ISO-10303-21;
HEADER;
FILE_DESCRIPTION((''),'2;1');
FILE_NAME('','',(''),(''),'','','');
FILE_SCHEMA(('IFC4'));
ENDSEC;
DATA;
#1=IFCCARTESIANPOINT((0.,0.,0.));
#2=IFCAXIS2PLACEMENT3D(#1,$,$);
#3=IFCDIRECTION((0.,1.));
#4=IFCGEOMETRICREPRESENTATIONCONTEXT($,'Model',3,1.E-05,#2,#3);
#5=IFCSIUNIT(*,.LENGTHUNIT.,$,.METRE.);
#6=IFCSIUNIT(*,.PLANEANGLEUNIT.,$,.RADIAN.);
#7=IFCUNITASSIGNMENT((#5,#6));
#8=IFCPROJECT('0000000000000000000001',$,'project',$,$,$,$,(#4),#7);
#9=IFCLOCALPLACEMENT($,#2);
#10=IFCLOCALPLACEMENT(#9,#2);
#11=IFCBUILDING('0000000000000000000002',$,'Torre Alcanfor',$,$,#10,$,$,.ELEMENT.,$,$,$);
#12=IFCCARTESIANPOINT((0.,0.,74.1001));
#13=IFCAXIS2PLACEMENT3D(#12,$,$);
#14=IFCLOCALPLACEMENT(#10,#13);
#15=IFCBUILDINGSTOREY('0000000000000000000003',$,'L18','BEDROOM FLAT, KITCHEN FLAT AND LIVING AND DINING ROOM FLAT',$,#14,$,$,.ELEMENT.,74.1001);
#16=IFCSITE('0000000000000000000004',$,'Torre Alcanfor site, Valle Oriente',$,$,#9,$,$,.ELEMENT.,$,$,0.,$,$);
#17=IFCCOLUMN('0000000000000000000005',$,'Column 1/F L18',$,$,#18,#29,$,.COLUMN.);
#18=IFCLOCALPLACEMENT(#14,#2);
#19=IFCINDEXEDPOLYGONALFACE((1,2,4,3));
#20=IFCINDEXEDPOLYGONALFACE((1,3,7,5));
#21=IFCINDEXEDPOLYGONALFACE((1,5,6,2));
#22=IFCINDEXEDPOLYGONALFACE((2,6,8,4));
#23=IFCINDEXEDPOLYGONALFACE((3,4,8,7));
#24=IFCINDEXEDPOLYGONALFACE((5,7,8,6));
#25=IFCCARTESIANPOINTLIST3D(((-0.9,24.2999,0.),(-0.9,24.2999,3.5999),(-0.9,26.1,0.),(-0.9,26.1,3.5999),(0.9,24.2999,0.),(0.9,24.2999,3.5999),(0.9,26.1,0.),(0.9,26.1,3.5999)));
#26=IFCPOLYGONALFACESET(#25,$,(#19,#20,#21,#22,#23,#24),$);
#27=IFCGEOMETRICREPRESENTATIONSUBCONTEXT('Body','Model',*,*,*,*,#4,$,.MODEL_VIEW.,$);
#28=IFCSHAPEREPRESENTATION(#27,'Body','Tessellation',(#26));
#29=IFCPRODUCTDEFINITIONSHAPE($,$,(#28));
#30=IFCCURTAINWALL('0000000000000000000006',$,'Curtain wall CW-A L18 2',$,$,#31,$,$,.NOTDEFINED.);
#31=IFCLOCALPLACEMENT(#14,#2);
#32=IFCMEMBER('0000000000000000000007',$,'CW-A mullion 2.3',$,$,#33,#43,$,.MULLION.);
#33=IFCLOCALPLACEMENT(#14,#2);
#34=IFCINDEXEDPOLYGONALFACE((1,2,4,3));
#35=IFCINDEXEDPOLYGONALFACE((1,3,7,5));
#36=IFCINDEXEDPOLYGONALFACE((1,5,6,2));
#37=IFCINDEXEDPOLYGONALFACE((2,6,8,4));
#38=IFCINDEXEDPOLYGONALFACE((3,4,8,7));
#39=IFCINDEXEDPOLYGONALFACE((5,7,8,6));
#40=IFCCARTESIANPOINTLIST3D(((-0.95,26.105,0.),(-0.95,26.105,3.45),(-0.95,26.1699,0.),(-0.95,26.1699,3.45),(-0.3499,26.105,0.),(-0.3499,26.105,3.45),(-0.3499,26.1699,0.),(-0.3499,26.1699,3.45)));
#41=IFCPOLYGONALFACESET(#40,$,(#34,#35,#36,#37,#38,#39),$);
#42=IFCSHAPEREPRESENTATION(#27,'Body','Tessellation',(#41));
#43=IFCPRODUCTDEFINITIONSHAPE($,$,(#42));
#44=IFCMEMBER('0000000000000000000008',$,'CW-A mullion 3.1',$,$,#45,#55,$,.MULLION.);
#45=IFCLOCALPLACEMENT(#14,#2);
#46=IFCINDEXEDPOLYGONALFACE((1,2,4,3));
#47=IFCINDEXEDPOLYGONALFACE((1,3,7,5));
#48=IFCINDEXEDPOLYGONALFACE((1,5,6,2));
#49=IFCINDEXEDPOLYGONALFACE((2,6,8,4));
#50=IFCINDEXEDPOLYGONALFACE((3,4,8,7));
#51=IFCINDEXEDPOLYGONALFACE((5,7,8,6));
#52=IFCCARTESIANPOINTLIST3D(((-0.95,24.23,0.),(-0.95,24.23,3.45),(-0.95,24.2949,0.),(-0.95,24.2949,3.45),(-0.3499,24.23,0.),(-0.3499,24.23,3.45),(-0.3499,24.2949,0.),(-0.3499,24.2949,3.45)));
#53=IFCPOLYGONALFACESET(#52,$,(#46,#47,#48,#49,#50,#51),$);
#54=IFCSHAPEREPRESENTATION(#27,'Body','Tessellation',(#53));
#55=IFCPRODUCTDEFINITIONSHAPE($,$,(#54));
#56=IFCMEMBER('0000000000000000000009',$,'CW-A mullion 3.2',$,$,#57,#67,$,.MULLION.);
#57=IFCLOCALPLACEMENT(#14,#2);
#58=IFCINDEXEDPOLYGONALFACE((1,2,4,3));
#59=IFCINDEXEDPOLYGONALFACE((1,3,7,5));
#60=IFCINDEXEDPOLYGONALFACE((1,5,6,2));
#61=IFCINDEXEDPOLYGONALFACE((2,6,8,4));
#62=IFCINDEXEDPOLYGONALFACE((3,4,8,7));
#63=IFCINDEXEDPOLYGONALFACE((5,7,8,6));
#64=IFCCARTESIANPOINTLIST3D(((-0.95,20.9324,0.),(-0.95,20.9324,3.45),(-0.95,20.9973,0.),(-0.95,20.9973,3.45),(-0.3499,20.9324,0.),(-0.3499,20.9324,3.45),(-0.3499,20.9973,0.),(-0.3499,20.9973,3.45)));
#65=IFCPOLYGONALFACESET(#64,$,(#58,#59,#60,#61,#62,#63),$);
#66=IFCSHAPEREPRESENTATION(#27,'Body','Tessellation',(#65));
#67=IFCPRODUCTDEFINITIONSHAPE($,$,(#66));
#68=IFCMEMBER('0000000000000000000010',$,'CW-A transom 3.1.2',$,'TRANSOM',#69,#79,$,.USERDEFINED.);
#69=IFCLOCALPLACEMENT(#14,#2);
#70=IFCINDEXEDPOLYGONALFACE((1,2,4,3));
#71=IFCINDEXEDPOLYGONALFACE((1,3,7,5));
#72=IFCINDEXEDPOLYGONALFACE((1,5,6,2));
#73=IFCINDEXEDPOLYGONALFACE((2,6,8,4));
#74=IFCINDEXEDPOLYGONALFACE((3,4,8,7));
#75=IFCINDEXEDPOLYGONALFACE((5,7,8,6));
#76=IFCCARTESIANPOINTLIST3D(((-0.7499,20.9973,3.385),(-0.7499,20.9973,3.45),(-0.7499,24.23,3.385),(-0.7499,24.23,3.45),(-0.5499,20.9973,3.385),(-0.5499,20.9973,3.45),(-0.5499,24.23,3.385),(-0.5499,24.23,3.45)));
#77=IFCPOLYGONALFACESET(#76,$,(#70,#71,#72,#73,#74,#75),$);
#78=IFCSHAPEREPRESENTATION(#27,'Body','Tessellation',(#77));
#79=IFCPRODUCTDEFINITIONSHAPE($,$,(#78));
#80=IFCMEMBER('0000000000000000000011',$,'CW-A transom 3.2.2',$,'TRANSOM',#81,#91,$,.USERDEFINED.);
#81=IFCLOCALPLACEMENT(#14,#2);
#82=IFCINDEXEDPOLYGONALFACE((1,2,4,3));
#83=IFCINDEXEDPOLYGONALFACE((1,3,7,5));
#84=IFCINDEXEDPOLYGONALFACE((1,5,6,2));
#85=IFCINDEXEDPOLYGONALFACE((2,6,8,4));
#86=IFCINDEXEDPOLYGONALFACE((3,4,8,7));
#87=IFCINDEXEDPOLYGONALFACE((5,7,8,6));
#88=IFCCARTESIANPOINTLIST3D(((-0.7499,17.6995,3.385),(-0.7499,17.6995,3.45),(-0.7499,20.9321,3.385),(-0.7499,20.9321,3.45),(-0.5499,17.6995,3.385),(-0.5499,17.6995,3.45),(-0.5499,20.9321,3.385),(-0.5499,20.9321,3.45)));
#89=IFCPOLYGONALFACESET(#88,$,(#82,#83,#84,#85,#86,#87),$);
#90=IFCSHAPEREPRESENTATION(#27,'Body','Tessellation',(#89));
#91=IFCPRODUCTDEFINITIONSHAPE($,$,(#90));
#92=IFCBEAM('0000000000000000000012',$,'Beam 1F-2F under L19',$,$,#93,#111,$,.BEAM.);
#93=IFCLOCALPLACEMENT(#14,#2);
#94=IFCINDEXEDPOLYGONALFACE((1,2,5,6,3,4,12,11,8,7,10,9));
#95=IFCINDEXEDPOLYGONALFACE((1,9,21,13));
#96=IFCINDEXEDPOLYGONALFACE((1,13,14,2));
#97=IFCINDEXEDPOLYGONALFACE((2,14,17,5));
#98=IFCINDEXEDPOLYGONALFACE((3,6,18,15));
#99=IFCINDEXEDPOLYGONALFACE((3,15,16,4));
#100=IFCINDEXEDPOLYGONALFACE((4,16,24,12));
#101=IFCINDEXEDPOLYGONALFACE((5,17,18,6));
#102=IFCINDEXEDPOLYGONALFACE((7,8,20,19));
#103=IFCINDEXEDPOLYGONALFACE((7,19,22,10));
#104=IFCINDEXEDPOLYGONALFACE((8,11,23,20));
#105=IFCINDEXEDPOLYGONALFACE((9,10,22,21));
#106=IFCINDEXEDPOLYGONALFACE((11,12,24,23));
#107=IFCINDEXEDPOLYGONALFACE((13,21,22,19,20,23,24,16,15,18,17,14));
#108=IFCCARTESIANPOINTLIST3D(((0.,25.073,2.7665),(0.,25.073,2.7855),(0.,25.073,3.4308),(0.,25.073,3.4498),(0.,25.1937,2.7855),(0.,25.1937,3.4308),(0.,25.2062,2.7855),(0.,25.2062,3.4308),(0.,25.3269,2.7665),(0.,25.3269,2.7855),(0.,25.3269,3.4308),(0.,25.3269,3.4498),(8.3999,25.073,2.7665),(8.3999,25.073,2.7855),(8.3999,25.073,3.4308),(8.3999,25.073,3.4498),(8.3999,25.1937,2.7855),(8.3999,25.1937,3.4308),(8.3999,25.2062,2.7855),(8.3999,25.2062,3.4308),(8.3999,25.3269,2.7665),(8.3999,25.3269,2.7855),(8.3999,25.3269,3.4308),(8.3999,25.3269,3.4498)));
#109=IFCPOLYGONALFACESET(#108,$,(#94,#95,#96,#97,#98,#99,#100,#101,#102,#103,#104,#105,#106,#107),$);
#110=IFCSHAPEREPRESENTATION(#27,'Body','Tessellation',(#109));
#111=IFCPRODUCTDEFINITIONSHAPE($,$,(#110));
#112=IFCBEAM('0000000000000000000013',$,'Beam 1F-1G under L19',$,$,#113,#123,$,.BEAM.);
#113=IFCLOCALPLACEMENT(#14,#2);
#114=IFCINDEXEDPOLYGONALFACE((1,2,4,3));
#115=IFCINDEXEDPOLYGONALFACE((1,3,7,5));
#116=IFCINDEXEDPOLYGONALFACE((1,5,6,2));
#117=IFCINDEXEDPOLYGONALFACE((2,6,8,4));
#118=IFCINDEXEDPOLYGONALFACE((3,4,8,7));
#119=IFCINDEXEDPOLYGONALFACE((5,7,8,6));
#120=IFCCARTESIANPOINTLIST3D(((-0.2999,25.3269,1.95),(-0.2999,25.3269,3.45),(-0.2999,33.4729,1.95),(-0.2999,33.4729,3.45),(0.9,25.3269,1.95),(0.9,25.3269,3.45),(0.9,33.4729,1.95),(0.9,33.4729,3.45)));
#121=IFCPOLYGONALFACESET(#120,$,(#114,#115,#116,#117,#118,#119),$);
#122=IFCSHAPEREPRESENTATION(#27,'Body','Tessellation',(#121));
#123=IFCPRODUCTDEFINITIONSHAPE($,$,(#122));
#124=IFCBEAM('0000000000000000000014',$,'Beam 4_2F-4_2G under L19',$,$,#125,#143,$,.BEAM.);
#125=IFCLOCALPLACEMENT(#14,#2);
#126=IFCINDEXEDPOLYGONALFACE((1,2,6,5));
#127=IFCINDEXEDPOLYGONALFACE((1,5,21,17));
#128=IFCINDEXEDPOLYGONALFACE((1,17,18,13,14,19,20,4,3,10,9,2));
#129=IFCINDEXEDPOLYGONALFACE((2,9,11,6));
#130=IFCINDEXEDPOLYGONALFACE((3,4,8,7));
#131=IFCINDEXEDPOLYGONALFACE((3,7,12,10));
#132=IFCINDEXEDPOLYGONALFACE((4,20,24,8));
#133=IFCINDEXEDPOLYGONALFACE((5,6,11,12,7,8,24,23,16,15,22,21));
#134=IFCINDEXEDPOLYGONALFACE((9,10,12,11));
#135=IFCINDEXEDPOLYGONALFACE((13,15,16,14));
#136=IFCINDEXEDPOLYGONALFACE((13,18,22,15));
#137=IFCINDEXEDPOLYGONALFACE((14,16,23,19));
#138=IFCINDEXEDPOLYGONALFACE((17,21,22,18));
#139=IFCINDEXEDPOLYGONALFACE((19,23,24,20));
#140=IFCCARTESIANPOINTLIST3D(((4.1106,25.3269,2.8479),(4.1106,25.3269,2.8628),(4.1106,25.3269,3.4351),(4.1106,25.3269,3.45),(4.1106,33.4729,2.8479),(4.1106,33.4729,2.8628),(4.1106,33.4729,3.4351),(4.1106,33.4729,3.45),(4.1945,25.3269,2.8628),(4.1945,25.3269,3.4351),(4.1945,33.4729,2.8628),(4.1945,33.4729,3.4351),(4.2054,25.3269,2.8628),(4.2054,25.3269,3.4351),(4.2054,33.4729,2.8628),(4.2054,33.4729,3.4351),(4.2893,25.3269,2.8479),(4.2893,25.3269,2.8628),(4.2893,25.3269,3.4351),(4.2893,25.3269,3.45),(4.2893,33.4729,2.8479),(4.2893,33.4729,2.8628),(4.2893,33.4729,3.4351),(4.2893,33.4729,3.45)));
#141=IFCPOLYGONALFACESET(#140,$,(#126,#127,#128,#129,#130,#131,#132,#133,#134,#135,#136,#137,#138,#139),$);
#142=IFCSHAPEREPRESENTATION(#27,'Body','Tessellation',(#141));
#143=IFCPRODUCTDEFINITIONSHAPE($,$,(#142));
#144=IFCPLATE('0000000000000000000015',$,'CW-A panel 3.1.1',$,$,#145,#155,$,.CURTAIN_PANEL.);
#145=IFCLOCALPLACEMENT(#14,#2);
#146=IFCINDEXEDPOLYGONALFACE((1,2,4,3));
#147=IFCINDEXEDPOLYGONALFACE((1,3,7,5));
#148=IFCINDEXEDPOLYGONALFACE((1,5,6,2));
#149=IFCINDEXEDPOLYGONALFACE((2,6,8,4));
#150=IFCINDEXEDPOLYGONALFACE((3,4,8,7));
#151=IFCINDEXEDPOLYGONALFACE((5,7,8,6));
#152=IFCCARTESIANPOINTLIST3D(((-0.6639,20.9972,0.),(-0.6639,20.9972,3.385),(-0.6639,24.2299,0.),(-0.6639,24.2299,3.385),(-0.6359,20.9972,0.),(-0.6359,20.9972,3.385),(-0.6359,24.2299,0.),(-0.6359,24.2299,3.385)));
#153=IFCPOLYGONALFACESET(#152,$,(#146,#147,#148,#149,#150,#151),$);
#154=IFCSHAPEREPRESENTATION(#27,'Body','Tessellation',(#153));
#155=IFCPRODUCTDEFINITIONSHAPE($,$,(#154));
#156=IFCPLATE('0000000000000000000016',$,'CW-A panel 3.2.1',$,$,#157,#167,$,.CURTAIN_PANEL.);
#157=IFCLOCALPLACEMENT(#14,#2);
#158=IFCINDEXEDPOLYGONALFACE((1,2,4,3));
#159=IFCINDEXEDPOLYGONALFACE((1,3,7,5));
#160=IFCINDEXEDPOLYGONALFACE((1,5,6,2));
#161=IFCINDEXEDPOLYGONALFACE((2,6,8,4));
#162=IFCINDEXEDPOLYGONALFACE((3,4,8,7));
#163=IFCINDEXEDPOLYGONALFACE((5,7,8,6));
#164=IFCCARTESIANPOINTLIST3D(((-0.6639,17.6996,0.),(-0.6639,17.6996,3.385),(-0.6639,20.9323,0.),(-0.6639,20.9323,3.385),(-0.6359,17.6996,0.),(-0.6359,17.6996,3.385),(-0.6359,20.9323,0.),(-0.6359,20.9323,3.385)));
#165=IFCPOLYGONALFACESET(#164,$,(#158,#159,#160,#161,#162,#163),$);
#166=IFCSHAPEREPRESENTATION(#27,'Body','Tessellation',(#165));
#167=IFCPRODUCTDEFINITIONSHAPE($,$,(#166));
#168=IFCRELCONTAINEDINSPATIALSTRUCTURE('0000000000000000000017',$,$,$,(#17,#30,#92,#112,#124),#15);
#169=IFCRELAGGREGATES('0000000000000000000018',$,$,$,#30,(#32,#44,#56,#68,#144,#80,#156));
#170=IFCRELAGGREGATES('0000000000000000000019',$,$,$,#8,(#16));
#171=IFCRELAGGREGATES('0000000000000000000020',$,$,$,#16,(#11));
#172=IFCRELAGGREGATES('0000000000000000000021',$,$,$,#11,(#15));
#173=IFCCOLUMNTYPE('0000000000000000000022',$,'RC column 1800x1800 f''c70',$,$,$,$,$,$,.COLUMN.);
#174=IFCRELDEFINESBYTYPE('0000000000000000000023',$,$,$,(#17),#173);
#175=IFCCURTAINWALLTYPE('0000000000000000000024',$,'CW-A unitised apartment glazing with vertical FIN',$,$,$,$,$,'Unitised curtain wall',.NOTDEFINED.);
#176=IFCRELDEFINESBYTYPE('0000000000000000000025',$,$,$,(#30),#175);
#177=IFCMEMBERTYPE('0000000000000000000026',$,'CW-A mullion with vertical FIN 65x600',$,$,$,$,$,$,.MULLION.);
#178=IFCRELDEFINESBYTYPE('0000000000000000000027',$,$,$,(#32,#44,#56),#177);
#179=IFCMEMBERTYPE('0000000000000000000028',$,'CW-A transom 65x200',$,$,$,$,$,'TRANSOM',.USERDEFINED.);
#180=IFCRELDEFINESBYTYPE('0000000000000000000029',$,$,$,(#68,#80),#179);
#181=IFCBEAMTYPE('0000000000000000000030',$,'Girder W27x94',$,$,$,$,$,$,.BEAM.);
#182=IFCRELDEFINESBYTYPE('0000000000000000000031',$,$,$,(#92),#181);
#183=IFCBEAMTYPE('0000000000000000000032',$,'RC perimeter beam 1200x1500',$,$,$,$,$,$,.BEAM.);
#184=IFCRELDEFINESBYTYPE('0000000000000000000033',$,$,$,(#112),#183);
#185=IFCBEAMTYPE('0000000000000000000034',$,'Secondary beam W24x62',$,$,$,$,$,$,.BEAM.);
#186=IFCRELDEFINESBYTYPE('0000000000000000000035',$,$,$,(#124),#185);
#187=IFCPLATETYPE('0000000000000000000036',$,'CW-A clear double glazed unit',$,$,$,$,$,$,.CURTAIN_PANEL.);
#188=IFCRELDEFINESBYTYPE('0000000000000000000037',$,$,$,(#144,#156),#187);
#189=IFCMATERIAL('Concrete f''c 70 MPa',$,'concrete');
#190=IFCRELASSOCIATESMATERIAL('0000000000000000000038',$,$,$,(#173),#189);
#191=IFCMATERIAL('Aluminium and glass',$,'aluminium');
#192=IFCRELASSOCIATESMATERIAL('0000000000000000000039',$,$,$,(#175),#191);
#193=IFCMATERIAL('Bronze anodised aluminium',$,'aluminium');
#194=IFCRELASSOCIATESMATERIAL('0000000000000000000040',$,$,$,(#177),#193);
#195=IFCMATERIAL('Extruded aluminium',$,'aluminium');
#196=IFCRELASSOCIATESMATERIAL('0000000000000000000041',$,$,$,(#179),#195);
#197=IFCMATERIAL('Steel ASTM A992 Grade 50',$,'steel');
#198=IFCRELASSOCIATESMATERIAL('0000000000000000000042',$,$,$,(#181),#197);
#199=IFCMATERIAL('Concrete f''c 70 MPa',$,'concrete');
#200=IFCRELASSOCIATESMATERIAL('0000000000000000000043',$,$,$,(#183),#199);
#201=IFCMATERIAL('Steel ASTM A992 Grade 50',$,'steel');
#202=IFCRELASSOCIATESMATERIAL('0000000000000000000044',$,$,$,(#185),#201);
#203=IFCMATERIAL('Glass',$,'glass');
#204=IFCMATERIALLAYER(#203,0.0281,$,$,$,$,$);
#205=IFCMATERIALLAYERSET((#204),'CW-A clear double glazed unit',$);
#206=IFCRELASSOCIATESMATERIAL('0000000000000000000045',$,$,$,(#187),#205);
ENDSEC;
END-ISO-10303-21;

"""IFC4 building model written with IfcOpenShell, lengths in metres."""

from ifc_helpers import new_model, si_unit, direction, frame, origin, origin_2d, place, context, subcontext, project, spatial, rectangle, i_section, extrude, material, layer, layer_set, material_profile, profile_set, type_object, element, aggregate, save


model = new_model("IFC4")

# Units and contexts
model_context = context("Model", 3, precision=1e-05, world=origin(), true_north=direction((0.0, 1.0)))
body_context = subcontext(model_context, "Body", "Model", "MODEL_VIEW")
ifc_project = project(units=[si_unit("LENGTHUNIT", "METRE"), si_unit("PLANEANGLEUNIT", "RADIAN")], contexts=[model_context])

# Site, building, storey
site_placement = place(None, origin())
site = spatial("IfcSite", under=ifc_project, at=site_placement, Name="Torre Alcanfor site, Valle Oriente", CompositionType="ELEMENT", RefElevation=0.0)
building_placement = place(site_placement, origin())
building = spatial("IfcBuilding", under=site, at=building_placement, Name="Torre Alcanfor", CompositionType="ELEMENT")
storey_placement = place(building_placement, frame((0.0, 0.0, 74.1001)))
storey = spatial("IfcBuildingStorey", under=building, at=storey_placement, Name="L18", Description="BEDROOM FLAT, KITCHEN FLAT AND LIVING AND DINING ROOM FLAT", CompositionType="ELEMENT", Elevation=74.1001)

# Column
ifc_material_1 = material(Name="Concrete f'c 70 MPa", Category="concrete")
ifc_material_profile_1 = material_profile(ifc_material_1, rectangle(XDim=1.8, YDim=1.8, at=origin_2d()), Name="1800x1800")
ifc_profile_set_1 = profile_set([ifc_material_profile_1], Name="Concrete f'c 70 MPa")
column_type = type_object("IfcColumnType", Name="RC column 1800x1800 f'c70", PredefinedType="COLUMN", material=ifc_profile_set_1)
column_placement = place(storey_placement, frame((0.0, 25.2, 0.0), z_axis=(0.0, 0.0, 1.0), x_axis=(1.0, 0.0, 0.0)))
element("IfcColumn", 1, at=column_placement, inside=storey, type_object=column_type, Name="Column 1/F L18", PredefinedType="COLUMN", context=body_context, shape_type="SweptSolid", body=[
    extrude(rectangle(XDim=1.8, YDim=1.8, at=origin_2d()), origin(), (0.0, 0.0, 1.0), 3.5999),
])

# Curtain wall, members
ifc_material_2 = material(Name="Aluminium and glass", Category="aluminium")
curtain_wall_type = type_object("IfcCurtainWallType", Name="CW-A unitised apartment glazing with vertical FIN", ElementType="Unitised curtain wall", PredefinedType="NOTDEFINED", material=ifc_material_2)
curtain_wall_placement = place(storey_placement, origin())
curtain_wall = element("IfcCurtainWall", 2, at=curtain_wall_placement, inside=storey, type_object=curtain_wall_type, Name="Curtain wall CW-A L18 2", PredefinedType="NOTDEFINED")
ifc_material_3 = material(Name="Bronze anodised aluminium", Category="aluminium")
ifc_material_profile_2 = material_profile(ifc_material_3, rectangle(XDim=0.6001, YDim=0.0649, at=origin_2d()), Name="CW-A mullion 65x600")
ifc_profile_set_2 = profile_set([ifc_material_profile_2], Name="Bronze anodised aluminium")
member_type_1 = type_object("IfcMemberType", Name="CW-A mullion with vertical FIN 65x600", PredefinedType="MULLION", material=ifc_profile_set_2)
member_1_placement = place(storey_placement, frame((-0.6499, 26.1375, 0.0), z_axis=(0.0, 0.0, 1.0), x_axis=(1.0, 0.0, 0.0)))
member_1 = element("IfcMember", 3, at=member_1_placement, type_object=member_type_1, Name="CW-A mullion 2.3", PredefinedType="MULLION", context=body_context, shape_type="SweptSolid", body=[
    extrude(rectangle(XDim=0.6001, YDim=0.0649, at=origin_2d()), origin(), (0.0, 0.0, 1.0), 3.45),
])
member_2_placement = place(storey_placement, frame((-0.6499, 24.2625, 0.0), z_axis=(0.0, 0.0, 1.0), x_axis=(1.0, 0.0, 0.0)))
member_2 = element("IfcMember", 4, at=member_2_placement, type_object=member_type_1, Name="CW-A mullion 3.1", PredefinedType="MULLION", context=body_context, shape_type="SweptSolid", body=[
    extrude(rectangle(XDim=0.6001, YDim=0.0649, at=origin_2d()), origin(), (0.0, 0.0, 1.0), 3.45),
])
member_3_placement = place(storey_placement, frame((-0.6499, 20.9648, 0.0), z_axis=(0.0, 0.0, 1.0), x_axis=(1.0, 0.0, 0.0)))
member_3 = element("IfcMember", 5, at=member_3_placement, type_object=member_type_1, Name="CW-A mullion 3.2", PredefinedType="MULLION", context=body_context, shape_type="SweptSolid", body=[
    extrude(rectangle(XDim=0.6001, YDim=0.0649, at=origin_2d()), origin(), (0.0, 0.0, 1.0), 3.45),
])
ifc_material_4 = material(Name="Extruded aluminium", Category="aluminium")
ifc_material_profile_3 = material_profile(ifc_material_4, rectangle(XDim=0.2, YDim=0.0649, at=origin_2d()), Name="CW-A transom 200x65")
ifc_profile_set_3 = profile_set([ifc_material_profile_3], Name="Extruded aluminium")
member_type_2 = type_object("IfcMemberType", Name="CW-A transom 65x200", ElementType="TRANSOM", PredefinedType="USERDEFINED", material=ifc_profile_set_3)
member_4_placement = place(storey_placement, frame((-0.6499, 24.23, 3.4175), z_axis=(0.0, -1.0, 0.0), x_axis=(1.0, 0.0, 0.0)))
member_4 = element("IfcMember", 6, at=member_4_placement, type_object=member_type_2, Name="CW-A transom 3.1.2", ObjectType="TRANSOM", PredefinedType="USERDEFINED", context=body_context, shape_type="SweptSolid", body=[
    extrude(rectangle(XDim=0.2, YDim=0.0649, at=origin_2d()), origin(), (0.0, 0.0, 1.0), 3.2327),
])
member_5_placement = place(storey_placement, frame((-0.6499, 20.9321, 3.4175), z_axis=(0.0, -1.0, 0.0), x_axis=(1.0, 0.0, 0.0)))
member_5 = element("IfcMember", 7, at=member_5_placement, type_object=member_type_2, Name="CW-A transom 3.2.2", ObjectType="TRANSOM", PredefinedType="USERDEFINED", context=body_context, shape_type="SweptSolid", body=[
    extrude(rectangle(XDim=0.2, YDim=0.0649, at=origin_2d()), origin(), (0.0, 0.0, 1.0), 3.2327),
])

# Beams
ifc_material_5 = material(Name="Steel ASTM A992 Grade 50", Category="steel")
ifc_material_profile_4 = material_profile(ifc_material_5, i_section(OverallWidth=0.2539, OverallDepth=0.6833, WebThickness=0.0125, FlangeThickness=0.019, at=origin_2d()), Name="W27x94")
ifc_profile_set_4 = profile_set([ifc_material_profile_4], Name="Steel ASTM A992 Grade 50")
beam_type_1 = type_object("IfcBeamType", Name="Girder W27x94", PredefinedType="BEAM", material=ifc_profile_set_4)
beam_1_placement = place(storey_placement, frame((0.0, 25.2, 3.1082), z_axis=(1.0, 0.0, 0.0), x_axis=(0.0, 1.0, 0.0)))
element("IfcBeam", 8, at=beam_1_placement, inside=storey, type_object=beam_type_1, Name="Beam 1F-2F under L19", PredefinedType="BEAM", context=body_context, shape_type="SweptSolid", body=[
    extrude(i_section(OverallWidth=0.2539, OverallDepth=0.6833, WebThickness=0.0125, FlangeThickness=0.019, at=origin_2d()), origin(), (0.0, 0.0, 1.0), 8.3999),
])
ifc_material_6 = material(Name="Concrete f'c 70 MPa", Category="concrete")
ifc_material_profile_5 = material_profile(ifc_material_6, rectangle(XDim=1.2, YDim=1.5, at=origin_2d()), Name="1200x1500")
ifc_profile_set_5 = profile_set([ifc_material_profile_5], Name="Concrete f'c 70 MPa")
beam_type_2 = type_object("IfcBeamType", Name="RC perimeter beam 1200x1500", PredefinedType="BEAM", material=ifc_profile_set_5)
beam_2_placement = place(storey_placement, frame((0.3, 25.3269, 2.7), z_axis=(0.0, 1.0, 0.0), x_axis=(-1.0, 0.0, 0.0)))
element("IfcBeam", 9, at=beam_2_placement, inside=storey, type_object=beam_type_2, Name="Beam 1F-1G under L19", PredefinedType="BEAM", context=body_context, shape_type="SweptSolid", body=[
    extrude(rectangle(XDim=1.2, YDim=1.5, at=origin_2d()), origin(), (0.0, 0.0, 1.0), 8.146),
])
ifc_material_7 = material(Name="Steel ASTM A992 Grade 50", Category="steel")
ifc_material_profile_6 = material_profile(ifc_material_7, i_section(OverallWidth=0.1787, OverallDepth=0.6021, WebThickness=0.011, FlangeThickness=0.0149, at=origin_2d()), Name="W24x62")
ifc_profile_set_6 = profile_set([ifc_material_profile_6], Name="Steel ASTM A992 Grade 50")
beam_type_3 = type_object("IfcBeamType", Name="Secondary beam W24x62", PredefinedType="BEAM", material=ifc_profile_set_6)
beam_3_placement = place(storey_placement, frame((4.2, 25.3269, 3.1489), z_axis=(0.0, 1.0, 0.0), x_axis=(-1.0, 0.0, 0.0)))
element("IfcBeam", 10, at=beam_3_placement, inside=storey, type_object=beam_type_3, Name="Beam 4_2F-4_2G under L19", PredefinedType="BEAM", context=body_context, shape_type="SweptSolid", body=[
    extrude(i_section(OverallWidth=0.1787, OverallDepth=0.6021, WebThickness=0.011, FlangeThickness=0.0149, at=origin_2d()), origin(), (0.0, 0.0, 1.0), 8.146),
])

# Plates
ifc_material_8 = material(Name="Glass", Category="glass")
ifc_layer_1 = layer(ifc_material_8, 0.0281)
ifc_layer_set_1 = layer_set([ifc_layer_1], Name="CW-A clear double glazed unit")
plate_type = type_object("IfcPlateType", Name="CW-A clear double glazed unit", PredefinedType="CURTAIN_PANEL", material=ifc_layer_set_1)
plate_1_placement = place(storey_placement, frame((-0.6499, 22.6135, 0.0), z_axis=(0.0, 0.0, 1.0), x_axis=(0.0, -1.0, 0.0)))
plate_1 = element("IfcPlate", 11, at=plate_1_placement, type_object=plate_type, Name="CW-A panel 3.1.1", PredefinedType="CURTAIN_PANEL", context=body_context, shape_type="SweptSolid", body=[
    extrude(rectangle(XDim=3.2327, YDim=0.0281, at=origin_2d()), origin(), (0.0, 0.0, 1.0), 3.385),
])
plate_2_placement = place(storey_placement, frame((-0.6499, 19.3159, 0.0), z_axis=(0.0, 0.0, 1.0), x_axis=(0.0, -1.0, 0.0)))
plate_2 = element("IfcPlate", 12, at=plate_2_placement, type_object=plate_type, Name="CW-A panel 3.2.1", PredefinedType="CURTAIN_PANEL", context=body_context, shape_type="SweptSolid", body=[
    extrude(rectangle(XDim=3.2327, YDim=0.0281, at=origin_2d()), origin(), (0.0, 0.0, 1.0), 3.385),
])
aggregate(curtain_wall, [member_1, member_2, member_3, member_4, plate_1, member_5, plate_2])

save(model, "model.ifc")
